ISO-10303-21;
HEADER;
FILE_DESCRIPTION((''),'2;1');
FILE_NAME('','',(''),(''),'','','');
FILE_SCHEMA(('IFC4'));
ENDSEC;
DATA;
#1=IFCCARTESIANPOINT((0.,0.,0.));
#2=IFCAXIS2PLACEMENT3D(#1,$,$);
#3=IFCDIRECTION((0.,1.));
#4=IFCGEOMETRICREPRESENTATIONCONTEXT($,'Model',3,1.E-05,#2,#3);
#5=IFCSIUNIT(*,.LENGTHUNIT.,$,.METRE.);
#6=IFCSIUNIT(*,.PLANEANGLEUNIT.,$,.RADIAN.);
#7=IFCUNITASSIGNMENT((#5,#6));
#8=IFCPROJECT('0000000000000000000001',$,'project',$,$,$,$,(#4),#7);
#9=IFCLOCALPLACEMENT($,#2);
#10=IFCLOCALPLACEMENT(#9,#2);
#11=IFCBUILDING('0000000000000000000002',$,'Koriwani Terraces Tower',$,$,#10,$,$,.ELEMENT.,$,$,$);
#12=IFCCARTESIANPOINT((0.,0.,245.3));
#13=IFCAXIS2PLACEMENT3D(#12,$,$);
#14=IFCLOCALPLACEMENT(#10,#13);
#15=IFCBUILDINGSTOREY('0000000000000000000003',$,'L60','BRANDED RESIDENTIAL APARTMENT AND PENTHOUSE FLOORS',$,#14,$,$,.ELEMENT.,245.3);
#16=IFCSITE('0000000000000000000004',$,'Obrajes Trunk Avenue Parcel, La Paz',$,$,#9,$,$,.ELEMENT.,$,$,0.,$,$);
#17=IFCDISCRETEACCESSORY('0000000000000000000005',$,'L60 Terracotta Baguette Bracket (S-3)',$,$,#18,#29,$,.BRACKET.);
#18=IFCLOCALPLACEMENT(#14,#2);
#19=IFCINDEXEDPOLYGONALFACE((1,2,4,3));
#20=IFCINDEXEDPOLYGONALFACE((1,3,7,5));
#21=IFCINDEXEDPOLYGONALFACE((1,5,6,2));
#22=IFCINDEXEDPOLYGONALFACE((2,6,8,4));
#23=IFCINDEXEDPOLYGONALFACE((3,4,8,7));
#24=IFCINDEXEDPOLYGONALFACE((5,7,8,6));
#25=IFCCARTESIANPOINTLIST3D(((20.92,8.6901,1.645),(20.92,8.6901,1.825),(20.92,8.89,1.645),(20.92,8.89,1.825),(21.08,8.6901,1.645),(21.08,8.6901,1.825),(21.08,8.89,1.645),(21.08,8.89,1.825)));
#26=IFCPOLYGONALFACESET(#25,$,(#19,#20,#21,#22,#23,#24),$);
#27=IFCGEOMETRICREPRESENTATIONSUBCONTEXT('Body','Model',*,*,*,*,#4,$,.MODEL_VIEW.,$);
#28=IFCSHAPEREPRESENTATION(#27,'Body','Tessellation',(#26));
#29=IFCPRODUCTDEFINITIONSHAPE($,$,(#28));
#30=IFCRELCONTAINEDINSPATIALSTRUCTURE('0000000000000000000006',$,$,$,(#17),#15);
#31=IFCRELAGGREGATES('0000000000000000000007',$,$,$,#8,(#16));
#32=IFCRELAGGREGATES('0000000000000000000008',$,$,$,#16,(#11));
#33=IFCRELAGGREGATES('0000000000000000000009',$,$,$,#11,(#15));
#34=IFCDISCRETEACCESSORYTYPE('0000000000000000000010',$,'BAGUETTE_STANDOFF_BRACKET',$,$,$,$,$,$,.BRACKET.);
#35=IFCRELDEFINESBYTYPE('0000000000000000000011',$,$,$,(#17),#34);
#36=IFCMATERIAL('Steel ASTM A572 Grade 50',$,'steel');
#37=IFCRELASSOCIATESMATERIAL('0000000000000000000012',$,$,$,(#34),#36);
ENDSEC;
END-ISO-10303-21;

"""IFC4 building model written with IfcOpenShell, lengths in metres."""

from ifc_helpers import new_model, si_unit, direction, frame, origin, origin_2d, place, context, subcontext, project, spatial, rectangle, extrude, material, type_object, element, save


model = new_model("IFC4")

# Units and contexts
model_context = context("Model", 3, precision=1e-05, world=origin(), true_north=direction((0.0, 1.0)))
body_context = subcontext(model_context, "Body", "Model", "MODEL_VIEW")
ifc_project = project(units=[si_unit("LENGTHUNIT", "METRE"), si_unit("PLANEANGLEUNIT", "RADIAN")], contexts=[model_context])

# Site, building, storey
site_placement = place(None, origin())
site = spatial("IfcSite", under=ifc_project, at=site_placement, Name="Obrajes Trunk Avenue Parcel, La Paz", CompositionType="ELEMENT", RefElevation=0.0)
building_placement = place(site_placement, origin())
building = spatial("IfcBuilding", under=site, at=building_placement, Name="Koriwani Terraces Tower", CompositionType="ELEMENT")
storey_placement = place(building_placement, frame((0.0, 0.0, 245.3)))
storey = spatial("IfcBuildingStorey", under=building, at=storey_placement, Name="L60", Description="BRANDED RESIDENTIAL APARTMENT AND PENTHOUSE FLOORS", CompositionType="ELEMENT", Elevation=245.3)

# Shared definitions
ifc_material_1 = material(Name="Steel ASTM A572 Grade 50", Category="steel")

# Discrete accessory
discrete_accessory_type = type_object("IfcDiscreteAccessoryType", Name="BAGUETTE_STANDOFF_BRACKET", PredefinedType="BRACKET", material=ifc_material_1)
discrete_accessory_placement = place(storey_placement, frame((21.0, 8.79, 1.645), z_axis=(0.0, 0.0, 1.0), x_axis=(-1.0, 0.0, 0.0)))
element("IfcDiscreteAccessory", 1, at=discrete_accessory_placement, inside=storey, type_object=discrete_accessory_type, Name="L60 Terracotta Baguette Bracket (S-3)", PredefinedType="BRACKET", context=body_context, shape_type="SweptSolid", body=[
    extrude(rectangle(XDim=0.1599, YDim=0.2, at=origin_2d()), origin(), (0.0, 0.0, 1.0), 0.1799),
])

save(model, "model.ifc")
